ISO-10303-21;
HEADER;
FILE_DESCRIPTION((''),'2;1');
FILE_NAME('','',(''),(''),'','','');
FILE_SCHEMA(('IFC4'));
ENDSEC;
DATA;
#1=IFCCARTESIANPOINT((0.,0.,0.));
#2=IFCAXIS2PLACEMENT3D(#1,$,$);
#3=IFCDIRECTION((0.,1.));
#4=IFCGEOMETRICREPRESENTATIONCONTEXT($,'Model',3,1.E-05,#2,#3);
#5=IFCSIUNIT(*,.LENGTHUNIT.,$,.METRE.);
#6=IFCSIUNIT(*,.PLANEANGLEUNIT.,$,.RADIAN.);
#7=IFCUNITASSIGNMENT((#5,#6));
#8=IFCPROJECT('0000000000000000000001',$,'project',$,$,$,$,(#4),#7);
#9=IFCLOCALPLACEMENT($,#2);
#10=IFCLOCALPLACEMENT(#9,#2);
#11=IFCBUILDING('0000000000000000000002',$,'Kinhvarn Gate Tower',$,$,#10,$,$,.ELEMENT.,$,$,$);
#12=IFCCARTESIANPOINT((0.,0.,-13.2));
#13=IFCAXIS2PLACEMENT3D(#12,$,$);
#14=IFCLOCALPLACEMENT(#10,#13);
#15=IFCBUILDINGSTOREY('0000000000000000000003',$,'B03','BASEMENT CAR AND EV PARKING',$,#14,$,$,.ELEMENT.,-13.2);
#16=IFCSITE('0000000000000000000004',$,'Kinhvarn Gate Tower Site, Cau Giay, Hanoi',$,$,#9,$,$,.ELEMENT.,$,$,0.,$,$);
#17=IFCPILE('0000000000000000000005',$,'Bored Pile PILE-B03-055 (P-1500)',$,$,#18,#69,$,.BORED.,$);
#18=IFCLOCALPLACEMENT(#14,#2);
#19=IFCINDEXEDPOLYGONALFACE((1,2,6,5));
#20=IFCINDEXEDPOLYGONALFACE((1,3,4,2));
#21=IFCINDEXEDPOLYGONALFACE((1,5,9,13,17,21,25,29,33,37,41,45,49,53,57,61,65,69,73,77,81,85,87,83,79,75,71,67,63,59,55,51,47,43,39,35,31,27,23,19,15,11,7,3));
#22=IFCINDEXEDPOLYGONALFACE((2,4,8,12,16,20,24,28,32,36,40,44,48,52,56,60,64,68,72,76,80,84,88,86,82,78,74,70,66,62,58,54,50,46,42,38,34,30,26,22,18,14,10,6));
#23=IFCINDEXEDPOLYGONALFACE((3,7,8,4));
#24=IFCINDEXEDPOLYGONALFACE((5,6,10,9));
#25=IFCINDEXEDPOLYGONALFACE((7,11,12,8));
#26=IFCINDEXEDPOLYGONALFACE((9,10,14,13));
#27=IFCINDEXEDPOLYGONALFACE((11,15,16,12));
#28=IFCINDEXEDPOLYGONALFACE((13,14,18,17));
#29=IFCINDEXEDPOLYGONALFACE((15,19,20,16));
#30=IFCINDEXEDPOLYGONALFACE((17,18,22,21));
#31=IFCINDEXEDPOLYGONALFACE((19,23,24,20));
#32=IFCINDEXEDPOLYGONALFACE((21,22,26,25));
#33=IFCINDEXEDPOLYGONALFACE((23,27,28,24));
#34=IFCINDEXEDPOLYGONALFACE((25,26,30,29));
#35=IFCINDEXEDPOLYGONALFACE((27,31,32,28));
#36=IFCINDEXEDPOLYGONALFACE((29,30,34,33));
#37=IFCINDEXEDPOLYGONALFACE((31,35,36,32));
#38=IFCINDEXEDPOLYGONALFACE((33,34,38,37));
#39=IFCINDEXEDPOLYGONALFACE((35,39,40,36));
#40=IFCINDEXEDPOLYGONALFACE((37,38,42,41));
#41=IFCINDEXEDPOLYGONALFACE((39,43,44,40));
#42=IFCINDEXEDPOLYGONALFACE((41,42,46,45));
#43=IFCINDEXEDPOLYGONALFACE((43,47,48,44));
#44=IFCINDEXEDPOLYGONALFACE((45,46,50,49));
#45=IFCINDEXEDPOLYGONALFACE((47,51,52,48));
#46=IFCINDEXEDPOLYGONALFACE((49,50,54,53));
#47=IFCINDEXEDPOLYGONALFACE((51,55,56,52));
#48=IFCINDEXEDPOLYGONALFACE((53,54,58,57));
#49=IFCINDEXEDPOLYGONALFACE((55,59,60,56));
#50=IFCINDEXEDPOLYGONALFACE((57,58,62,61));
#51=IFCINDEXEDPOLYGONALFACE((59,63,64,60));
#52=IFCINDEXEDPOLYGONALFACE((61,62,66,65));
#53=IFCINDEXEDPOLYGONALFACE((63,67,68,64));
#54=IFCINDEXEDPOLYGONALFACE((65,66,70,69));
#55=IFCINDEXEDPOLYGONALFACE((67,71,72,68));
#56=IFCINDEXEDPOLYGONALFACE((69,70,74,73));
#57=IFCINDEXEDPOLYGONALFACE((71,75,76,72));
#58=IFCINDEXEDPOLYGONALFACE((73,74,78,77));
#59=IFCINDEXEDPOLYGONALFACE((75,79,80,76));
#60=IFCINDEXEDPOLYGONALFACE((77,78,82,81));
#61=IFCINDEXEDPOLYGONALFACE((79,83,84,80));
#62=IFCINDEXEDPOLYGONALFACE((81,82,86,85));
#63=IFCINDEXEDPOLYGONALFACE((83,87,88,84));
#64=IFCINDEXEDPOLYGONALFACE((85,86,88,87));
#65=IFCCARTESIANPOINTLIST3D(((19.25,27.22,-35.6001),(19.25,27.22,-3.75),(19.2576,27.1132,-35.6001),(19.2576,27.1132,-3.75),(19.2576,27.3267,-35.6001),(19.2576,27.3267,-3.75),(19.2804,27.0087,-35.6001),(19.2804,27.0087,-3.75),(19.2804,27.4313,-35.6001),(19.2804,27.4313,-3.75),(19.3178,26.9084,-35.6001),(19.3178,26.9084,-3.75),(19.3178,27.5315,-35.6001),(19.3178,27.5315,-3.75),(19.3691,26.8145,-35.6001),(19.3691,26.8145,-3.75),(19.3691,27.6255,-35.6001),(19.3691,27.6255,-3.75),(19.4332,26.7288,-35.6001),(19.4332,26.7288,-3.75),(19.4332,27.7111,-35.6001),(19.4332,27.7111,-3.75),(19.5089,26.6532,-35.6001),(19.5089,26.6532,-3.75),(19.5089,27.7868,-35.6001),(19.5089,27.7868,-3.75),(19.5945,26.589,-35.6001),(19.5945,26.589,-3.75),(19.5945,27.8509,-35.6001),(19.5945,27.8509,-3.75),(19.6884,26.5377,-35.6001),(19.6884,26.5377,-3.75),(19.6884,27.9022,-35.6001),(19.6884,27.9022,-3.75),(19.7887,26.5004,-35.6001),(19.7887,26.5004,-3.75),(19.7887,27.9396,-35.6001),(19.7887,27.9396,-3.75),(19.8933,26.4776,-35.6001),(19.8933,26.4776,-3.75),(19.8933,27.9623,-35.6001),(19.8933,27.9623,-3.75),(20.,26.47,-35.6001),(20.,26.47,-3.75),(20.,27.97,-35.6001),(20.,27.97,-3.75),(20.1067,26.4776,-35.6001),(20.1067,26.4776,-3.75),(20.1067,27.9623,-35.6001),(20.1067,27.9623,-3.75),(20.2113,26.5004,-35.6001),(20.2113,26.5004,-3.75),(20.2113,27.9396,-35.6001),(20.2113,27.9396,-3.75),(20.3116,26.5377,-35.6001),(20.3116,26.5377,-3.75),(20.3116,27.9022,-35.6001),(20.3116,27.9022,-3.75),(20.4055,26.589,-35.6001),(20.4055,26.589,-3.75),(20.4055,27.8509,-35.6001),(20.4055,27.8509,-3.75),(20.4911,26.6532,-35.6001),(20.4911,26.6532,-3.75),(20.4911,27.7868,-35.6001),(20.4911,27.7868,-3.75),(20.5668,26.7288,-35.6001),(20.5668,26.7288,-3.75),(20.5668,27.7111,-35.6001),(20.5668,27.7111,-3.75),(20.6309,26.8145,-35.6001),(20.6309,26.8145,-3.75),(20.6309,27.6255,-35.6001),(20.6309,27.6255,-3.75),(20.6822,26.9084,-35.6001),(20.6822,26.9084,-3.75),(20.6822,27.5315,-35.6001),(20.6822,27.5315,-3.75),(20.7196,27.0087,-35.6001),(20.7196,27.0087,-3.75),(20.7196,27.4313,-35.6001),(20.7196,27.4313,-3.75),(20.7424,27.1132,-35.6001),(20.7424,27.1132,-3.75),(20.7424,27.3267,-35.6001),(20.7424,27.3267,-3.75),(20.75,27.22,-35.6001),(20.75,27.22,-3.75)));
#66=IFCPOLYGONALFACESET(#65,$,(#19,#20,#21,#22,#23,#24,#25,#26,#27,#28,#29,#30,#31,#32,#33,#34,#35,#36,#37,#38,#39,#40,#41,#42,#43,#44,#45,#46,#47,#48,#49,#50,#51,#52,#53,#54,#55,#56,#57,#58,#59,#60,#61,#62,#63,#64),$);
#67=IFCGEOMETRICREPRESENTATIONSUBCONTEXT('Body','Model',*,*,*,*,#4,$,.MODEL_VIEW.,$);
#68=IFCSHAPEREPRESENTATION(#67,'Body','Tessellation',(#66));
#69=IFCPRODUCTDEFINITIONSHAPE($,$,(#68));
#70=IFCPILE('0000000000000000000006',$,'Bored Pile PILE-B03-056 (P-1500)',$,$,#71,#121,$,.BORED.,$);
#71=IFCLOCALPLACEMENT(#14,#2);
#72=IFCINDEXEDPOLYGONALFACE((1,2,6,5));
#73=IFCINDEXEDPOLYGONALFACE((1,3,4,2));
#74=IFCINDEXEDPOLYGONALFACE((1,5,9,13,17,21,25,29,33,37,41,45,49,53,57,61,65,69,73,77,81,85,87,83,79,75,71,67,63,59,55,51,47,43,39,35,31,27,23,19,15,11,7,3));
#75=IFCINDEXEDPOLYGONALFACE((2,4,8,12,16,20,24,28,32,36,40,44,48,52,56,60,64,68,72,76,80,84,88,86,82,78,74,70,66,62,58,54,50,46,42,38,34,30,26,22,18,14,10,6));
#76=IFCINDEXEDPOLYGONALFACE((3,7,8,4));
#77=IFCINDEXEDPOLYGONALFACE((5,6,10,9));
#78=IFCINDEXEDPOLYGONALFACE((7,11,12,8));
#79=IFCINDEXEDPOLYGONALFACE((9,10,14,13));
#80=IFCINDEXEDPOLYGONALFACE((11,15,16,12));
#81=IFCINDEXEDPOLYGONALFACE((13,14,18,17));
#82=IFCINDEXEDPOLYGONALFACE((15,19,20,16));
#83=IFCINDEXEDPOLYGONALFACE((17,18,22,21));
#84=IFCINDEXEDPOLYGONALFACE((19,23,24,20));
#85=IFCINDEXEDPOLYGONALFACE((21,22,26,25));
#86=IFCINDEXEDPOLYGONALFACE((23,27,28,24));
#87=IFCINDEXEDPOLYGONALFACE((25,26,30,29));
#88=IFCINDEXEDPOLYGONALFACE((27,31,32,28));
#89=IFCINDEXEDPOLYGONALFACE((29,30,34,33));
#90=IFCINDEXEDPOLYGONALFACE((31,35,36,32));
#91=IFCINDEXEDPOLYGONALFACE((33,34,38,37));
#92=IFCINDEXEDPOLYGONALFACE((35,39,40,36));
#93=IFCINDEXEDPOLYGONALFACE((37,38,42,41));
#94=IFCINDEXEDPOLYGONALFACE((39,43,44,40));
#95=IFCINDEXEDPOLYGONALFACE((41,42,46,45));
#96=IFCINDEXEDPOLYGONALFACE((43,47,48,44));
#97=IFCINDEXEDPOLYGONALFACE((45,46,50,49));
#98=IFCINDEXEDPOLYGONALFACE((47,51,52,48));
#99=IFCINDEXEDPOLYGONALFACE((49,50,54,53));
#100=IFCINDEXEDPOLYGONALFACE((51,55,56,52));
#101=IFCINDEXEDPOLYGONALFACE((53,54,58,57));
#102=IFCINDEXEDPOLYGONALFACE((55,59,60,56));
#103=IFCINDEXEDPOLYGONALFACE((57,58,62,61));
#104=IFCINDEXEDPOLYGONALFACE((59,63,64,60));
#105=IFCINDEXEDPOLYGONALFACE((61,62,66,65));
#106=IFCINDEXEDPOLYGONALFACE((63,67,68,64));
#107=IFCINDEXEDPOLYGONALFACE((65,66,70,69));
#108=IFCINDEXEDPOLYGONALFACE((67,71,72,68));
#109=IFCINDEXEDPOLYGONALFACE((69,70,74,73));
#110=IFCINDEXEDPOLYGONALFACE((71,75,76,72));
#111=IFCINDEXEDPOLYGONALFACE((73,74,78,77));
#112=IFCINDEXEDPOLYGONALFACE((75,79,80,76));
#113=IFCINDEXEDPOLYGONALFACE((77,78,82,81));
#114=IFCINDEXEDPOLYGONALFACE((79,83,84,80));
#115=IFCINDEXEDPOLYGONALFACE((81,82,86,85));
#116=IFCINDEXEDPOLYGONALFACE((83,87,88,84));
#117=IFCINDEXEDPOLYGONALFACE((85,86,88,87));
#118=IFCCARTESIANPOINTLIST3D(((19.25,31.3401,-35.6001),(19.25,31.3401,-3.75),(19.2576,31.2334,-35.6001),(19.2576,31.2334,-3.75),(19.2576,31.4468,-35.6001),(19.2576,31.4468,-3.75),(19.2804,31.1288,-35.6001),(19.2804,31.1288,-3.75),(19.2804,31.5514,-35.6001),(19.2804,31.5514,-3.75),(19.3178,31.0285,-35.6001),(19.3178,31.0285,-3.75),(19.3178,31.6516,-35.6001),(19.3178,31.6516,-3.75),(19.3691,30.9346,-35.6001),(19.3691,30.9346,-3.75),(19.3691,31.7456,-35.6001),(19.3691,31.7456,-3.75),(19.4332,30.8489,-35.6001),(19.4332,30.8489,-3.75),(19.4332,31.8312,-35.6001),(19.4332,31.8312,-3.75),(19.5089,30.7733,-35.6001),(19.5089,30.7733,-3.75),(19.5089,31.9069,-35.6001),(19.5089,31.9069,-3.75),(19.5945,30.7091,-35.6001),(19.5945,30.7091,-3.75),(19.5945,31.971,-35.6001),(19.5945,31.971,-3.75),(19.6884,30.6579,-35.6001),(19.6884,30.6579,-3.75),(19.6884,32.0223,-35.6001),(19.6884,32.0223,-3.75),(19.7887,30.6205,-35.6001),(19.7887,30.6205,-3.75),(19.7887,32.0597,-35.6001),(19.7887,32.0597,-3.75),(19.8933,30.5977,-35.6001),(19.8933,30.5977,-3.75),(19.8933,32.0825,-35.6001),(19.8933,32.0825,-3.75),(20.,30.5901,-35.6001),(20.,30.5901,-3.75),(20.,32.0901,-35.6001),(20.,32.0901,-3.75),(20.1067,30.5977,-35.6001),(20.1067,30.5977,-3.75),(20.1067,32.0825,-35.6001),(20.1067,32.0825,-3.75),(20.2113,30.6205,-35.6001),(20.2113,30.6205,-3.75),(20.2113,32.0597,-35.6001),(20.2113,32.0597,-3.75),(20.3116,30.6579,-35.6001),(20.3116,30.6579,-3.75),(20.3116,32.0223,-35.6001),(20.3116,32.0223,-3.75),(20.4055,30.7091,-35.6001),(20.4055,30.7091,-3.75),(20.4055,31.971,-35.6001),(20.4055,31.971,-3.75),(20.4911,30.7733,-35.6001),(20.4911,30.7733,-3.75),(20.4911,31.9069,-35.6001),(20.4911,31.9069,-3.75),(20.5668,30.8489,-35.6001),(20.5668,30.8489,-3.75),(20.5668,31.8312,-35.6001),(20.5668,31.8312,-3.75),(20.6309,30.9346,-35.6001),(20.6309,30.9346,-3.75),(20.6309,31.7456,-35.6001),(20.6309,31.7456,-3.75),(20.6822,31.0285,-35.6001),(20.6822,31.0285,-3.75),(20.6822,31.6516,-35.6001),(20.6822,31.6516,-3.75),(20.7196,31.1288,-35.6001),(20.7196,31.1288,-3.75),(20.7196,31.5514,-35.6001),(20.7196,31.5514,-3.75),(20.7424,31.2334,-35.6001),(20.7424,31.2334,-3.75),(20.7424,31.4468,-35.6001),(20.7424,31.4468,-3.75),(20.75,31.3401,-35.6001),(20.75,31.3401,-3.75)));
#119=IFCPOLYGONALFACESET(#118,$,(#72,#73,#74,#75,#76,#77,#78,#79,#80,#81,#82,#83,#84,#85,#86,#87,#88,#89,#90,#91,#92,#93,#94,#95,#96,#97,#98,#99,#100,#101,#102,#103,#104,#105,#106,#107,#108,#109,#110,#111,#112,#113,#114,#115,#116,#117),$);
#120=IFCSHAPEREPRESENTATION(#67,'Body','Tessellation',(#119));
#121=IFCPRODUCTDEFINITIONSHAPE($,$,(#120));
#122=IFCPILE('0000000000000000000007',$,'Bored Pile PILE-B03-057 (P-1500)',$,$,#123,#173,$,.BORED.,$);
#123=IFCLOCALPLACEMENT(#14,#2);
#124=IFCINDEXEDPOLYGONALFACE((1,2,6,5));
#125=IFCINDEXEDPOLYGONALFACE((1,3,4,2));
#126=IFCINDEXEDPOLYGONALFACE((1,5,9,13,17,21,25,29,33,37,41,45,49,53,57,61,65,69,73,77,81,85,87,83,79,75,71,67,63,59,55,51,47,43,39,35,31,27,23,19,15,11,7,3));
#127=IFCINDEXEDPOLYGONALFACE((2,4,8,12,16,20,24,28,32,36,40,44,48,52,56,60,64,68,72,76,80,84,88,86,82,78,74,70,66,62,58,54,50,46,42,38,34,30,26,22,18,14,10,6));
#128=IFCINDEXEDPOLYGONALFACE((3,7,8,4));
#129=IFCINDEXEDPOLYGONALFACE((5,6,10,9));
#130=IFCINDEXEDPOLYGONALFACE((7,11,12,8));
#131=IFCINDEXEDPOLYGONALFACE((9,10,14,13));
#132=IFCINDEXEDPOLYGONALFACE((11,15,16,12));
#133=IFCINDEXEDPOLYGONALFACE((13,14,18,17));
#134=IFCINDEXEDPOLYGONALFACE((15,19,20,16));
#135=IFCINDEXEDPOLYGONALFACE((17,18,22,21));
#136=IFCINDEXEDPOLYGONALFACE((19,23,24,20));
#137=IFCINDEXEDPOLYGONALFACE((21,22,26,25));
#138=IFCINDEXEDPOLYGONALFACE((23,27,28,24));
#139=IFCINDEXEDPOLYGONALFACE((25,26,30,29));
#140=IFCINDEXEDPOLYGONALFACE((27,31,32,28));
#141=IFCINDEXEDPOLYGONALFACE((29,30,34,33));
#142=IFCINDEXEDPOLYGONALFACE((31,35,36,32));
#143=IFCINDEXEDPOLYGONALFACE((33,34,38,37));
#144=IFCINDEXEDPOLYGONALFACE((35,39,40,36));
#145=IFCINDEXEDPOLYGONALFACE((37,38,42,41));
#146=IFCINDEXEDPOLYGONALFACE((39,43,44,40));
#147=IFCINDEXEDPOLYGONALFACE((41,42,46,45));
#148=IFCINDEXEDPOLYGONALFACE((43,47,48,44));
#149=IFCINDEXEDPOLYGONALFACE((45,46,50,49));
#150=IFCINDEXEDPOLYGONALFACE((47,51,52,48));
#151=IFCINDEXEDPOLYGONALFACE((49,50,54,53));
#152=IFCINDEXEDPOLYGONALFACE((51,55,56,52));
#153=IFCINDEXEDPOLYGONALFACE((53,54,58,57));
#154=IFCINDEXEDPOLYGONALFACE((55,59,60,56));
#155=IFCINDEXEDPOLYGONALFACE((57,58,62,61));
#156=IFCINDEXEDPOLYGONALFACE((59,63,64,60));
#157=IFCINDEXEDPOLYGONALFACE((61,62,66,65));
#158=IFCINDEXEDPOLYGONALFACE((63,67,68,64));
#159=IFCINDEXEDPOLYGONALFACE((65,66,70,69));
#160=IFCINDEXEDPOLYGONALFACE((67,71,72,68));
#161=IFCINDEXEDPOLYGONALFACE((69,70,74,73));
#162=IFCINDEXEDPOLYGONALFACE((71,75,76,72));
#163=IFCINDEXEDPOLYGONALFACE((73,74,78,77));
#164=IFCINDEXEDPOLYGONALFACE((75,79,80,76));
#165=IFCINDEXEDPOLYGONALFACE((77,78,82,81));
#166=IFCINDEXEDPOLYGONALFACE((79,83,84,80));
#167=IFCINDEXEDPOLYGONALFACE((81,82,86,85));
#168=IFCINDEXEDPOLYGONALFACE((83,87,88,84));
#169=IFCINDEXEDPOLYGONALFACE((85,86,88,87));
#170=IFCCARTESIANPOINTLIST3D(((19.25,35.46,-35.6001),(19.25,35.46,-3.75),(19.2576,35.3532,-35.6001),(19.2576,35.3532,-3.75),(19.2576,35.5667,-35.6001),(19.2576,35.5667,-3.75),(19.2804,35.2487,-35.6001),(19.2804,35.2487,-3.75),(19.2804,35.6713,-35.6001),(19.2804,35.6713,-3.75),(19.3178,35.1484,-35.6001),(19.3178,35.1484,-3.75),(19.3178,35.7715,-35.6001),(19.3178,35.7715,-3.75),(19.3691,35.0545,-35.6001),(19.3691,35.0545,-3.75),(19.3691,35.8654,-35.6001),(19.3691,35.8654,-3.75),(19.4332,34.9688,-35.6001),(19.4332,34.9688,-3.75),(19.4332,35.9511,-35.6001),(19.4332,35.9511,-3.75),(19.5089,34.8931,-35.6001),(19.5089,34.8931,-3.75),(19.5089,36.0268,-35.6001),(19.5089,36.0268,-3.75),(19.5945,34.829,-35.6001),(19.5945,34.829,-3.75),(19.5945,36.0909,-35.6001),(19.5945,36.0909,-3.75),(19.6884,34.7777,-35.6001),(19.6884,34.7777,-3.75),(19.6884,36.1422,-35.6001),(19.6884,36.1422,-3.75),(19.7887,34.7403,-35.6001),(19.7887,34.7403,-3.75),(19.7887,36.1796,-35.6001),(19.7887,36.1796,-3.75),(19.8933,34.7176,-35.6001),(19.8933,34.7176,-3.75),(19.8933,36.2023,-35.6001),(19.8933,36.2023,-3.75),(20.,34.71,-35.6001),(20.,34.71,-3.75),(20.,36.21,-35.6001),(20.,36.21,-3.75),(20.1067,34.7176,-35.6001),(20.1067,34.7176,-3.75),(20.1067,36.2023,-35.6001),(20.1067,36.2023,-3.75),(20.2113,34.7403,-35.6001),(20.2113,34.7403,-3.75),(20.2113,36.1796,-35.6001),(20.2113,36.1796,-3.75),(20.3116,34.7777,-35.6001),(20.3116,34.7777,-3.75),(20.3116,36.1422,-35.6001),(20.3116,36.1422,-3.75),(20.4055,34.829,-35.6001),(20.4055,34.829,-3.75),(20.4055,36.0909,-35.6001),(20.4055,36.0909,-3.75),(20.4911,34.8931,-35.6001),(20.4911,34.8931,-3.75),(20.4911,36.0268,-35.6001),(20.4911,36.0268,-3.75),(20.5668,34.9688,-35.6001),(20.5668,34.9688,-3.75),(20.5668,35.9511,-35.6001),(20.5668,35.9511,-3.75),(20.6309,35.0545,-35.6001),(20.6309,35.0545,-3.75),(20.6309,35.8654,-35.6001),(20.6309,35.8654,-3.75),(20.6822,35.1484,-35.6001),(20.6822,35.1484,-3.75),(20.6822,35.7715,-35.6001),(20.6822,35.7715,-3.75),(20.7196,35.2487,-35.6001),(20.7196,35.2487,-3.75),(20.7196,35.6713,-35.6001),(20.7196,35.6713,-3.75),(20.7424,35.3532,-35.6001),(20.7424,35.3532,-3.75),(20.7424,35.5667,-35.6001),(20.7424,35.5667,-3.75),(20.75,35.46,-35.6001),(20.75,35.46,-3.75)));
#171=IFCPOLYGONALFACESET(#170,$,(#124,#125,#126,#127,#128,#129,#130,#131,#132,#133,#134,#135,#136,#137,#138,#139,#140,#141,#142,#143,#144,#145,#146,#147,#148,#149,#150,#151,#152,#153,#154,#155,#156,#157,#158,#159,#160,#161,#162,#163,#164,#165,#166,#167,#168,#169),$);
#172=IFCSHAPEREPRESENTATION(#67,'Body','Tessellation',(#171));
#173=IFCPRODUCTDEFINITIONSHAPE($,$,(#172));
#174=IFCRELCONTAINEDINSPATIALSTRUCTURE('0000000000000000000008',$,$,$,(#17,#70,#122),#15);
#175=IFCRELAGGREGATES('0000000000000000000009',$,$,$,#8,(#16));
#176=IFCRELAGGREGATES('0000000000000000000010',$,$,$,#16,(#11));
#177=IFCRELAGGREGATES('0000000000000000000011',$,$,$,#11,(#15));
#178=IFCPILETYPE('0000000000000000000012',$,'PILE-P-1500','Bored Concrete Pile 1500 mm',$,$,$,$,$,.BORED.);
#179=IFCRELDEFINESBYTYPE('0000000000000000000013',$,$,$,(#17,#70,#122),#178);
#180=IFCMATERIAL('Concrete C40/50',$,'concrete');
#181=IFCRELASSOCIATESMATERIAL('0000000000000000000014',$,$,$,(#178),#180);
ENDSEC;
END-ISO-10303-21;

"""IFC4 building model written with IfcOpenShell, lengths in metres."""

from ifc_helpers import new_model, si_unit, direction, frame, origin, origin_2d, place, context, subcontext, project, spatial, circle, extrude, material, material_profile, profile_set, type_object, element, save


model = new_model("IFC4")

# Units and contexts
model_context = context("Model", 3, precision=1e-05, world=origin(), true_north=direction((0.0, 1.0)))
body_context = subcontext(model_context, "Body", "Model", "MODEL_VIEW")
ifc_project = project(units=[si_unit("LENGTHUNIT", "METRE"), si_unit("PLANEANGLEUNIT", "RADIAN")], contexts=[model_context])

# Site, building, storey
site_placement = place(None, origin())
site = spatial("IfcSite", under=ifc_project, at=site_placement, Name="Kinhvarn Gate Tower Site, Cau Giay, Hanoi", CompositionType="ELEMENT", RefElevation=0.0)
building_placement = place(site_placement, origin())
building = spatial("IfcBuilding", under=site, at=building_placement, Name="Kinhvarn Gate Tower", CompositionType="ELEMENT")
storey_placement = place(building_placement, frame((0.0, 0.0, -13.2)))
storey = spatial("IfcBuildingStorey", under=building, at=storey_placement, Name="B03", Description="BASEMENT CAR AND EV PARKING", CompositionType="ELEMENT", Elevation=-13.2)

# Piles
ifc_material = material(Name="Concrete C40/50", Category="concrete")
ifc_material_profile_1 = material_profile(ifc_material, circle(Radius=0.75, at=origin_2d()), Name="PILE D1500")
ifc_profile_set_1 = profile_set([ifc_material_profile_1], Name="Concrete C40/50")
pile_type_1 = type_object("IfcPileType", Name="PILE-P-1500", Description="Bored Concrete Pile 1500 mm", PredefinedType="BORED", material=ifc_profile_set_1)
for number, where, z_axis, x_axis, name in (
    (1, (20.0, 27.22, -35.6001), (0.0, 0.0, 1.0), (1.0, 0.0, 0.0), "Bored Pile PILE-B03-055 (P-1500)"),
    (2, (20.0, 31.3401, -35.6001), (0.0, 0.0, 1.0), (1.0, 0.0, 0.0), "Bored Pile PILE-B03-056 (P-1500)"),
    (3, (20.0, 35.46, -35.6001), (0.0, 0.0, 1.0), (1.0, 0.0, 0.0), "Bored Pile PILE-B03-057 (P-1500)"),
):
    element("IfcPile", number, at=place(storey_placement, frame(where, z_axis=z_axis, x_axis=x_axis)), inside=storey, type_object=pile_type_1, Name=name, PredefinedType="BORED", context=body_context, shape_type="SweptSolid", body=[
        extrude(circle(Radius=0.75, at=origin_2d()), origin(), (0.0, 0.0, 1.0), 31.8501),
    ])

save(model, "model.ifc")
